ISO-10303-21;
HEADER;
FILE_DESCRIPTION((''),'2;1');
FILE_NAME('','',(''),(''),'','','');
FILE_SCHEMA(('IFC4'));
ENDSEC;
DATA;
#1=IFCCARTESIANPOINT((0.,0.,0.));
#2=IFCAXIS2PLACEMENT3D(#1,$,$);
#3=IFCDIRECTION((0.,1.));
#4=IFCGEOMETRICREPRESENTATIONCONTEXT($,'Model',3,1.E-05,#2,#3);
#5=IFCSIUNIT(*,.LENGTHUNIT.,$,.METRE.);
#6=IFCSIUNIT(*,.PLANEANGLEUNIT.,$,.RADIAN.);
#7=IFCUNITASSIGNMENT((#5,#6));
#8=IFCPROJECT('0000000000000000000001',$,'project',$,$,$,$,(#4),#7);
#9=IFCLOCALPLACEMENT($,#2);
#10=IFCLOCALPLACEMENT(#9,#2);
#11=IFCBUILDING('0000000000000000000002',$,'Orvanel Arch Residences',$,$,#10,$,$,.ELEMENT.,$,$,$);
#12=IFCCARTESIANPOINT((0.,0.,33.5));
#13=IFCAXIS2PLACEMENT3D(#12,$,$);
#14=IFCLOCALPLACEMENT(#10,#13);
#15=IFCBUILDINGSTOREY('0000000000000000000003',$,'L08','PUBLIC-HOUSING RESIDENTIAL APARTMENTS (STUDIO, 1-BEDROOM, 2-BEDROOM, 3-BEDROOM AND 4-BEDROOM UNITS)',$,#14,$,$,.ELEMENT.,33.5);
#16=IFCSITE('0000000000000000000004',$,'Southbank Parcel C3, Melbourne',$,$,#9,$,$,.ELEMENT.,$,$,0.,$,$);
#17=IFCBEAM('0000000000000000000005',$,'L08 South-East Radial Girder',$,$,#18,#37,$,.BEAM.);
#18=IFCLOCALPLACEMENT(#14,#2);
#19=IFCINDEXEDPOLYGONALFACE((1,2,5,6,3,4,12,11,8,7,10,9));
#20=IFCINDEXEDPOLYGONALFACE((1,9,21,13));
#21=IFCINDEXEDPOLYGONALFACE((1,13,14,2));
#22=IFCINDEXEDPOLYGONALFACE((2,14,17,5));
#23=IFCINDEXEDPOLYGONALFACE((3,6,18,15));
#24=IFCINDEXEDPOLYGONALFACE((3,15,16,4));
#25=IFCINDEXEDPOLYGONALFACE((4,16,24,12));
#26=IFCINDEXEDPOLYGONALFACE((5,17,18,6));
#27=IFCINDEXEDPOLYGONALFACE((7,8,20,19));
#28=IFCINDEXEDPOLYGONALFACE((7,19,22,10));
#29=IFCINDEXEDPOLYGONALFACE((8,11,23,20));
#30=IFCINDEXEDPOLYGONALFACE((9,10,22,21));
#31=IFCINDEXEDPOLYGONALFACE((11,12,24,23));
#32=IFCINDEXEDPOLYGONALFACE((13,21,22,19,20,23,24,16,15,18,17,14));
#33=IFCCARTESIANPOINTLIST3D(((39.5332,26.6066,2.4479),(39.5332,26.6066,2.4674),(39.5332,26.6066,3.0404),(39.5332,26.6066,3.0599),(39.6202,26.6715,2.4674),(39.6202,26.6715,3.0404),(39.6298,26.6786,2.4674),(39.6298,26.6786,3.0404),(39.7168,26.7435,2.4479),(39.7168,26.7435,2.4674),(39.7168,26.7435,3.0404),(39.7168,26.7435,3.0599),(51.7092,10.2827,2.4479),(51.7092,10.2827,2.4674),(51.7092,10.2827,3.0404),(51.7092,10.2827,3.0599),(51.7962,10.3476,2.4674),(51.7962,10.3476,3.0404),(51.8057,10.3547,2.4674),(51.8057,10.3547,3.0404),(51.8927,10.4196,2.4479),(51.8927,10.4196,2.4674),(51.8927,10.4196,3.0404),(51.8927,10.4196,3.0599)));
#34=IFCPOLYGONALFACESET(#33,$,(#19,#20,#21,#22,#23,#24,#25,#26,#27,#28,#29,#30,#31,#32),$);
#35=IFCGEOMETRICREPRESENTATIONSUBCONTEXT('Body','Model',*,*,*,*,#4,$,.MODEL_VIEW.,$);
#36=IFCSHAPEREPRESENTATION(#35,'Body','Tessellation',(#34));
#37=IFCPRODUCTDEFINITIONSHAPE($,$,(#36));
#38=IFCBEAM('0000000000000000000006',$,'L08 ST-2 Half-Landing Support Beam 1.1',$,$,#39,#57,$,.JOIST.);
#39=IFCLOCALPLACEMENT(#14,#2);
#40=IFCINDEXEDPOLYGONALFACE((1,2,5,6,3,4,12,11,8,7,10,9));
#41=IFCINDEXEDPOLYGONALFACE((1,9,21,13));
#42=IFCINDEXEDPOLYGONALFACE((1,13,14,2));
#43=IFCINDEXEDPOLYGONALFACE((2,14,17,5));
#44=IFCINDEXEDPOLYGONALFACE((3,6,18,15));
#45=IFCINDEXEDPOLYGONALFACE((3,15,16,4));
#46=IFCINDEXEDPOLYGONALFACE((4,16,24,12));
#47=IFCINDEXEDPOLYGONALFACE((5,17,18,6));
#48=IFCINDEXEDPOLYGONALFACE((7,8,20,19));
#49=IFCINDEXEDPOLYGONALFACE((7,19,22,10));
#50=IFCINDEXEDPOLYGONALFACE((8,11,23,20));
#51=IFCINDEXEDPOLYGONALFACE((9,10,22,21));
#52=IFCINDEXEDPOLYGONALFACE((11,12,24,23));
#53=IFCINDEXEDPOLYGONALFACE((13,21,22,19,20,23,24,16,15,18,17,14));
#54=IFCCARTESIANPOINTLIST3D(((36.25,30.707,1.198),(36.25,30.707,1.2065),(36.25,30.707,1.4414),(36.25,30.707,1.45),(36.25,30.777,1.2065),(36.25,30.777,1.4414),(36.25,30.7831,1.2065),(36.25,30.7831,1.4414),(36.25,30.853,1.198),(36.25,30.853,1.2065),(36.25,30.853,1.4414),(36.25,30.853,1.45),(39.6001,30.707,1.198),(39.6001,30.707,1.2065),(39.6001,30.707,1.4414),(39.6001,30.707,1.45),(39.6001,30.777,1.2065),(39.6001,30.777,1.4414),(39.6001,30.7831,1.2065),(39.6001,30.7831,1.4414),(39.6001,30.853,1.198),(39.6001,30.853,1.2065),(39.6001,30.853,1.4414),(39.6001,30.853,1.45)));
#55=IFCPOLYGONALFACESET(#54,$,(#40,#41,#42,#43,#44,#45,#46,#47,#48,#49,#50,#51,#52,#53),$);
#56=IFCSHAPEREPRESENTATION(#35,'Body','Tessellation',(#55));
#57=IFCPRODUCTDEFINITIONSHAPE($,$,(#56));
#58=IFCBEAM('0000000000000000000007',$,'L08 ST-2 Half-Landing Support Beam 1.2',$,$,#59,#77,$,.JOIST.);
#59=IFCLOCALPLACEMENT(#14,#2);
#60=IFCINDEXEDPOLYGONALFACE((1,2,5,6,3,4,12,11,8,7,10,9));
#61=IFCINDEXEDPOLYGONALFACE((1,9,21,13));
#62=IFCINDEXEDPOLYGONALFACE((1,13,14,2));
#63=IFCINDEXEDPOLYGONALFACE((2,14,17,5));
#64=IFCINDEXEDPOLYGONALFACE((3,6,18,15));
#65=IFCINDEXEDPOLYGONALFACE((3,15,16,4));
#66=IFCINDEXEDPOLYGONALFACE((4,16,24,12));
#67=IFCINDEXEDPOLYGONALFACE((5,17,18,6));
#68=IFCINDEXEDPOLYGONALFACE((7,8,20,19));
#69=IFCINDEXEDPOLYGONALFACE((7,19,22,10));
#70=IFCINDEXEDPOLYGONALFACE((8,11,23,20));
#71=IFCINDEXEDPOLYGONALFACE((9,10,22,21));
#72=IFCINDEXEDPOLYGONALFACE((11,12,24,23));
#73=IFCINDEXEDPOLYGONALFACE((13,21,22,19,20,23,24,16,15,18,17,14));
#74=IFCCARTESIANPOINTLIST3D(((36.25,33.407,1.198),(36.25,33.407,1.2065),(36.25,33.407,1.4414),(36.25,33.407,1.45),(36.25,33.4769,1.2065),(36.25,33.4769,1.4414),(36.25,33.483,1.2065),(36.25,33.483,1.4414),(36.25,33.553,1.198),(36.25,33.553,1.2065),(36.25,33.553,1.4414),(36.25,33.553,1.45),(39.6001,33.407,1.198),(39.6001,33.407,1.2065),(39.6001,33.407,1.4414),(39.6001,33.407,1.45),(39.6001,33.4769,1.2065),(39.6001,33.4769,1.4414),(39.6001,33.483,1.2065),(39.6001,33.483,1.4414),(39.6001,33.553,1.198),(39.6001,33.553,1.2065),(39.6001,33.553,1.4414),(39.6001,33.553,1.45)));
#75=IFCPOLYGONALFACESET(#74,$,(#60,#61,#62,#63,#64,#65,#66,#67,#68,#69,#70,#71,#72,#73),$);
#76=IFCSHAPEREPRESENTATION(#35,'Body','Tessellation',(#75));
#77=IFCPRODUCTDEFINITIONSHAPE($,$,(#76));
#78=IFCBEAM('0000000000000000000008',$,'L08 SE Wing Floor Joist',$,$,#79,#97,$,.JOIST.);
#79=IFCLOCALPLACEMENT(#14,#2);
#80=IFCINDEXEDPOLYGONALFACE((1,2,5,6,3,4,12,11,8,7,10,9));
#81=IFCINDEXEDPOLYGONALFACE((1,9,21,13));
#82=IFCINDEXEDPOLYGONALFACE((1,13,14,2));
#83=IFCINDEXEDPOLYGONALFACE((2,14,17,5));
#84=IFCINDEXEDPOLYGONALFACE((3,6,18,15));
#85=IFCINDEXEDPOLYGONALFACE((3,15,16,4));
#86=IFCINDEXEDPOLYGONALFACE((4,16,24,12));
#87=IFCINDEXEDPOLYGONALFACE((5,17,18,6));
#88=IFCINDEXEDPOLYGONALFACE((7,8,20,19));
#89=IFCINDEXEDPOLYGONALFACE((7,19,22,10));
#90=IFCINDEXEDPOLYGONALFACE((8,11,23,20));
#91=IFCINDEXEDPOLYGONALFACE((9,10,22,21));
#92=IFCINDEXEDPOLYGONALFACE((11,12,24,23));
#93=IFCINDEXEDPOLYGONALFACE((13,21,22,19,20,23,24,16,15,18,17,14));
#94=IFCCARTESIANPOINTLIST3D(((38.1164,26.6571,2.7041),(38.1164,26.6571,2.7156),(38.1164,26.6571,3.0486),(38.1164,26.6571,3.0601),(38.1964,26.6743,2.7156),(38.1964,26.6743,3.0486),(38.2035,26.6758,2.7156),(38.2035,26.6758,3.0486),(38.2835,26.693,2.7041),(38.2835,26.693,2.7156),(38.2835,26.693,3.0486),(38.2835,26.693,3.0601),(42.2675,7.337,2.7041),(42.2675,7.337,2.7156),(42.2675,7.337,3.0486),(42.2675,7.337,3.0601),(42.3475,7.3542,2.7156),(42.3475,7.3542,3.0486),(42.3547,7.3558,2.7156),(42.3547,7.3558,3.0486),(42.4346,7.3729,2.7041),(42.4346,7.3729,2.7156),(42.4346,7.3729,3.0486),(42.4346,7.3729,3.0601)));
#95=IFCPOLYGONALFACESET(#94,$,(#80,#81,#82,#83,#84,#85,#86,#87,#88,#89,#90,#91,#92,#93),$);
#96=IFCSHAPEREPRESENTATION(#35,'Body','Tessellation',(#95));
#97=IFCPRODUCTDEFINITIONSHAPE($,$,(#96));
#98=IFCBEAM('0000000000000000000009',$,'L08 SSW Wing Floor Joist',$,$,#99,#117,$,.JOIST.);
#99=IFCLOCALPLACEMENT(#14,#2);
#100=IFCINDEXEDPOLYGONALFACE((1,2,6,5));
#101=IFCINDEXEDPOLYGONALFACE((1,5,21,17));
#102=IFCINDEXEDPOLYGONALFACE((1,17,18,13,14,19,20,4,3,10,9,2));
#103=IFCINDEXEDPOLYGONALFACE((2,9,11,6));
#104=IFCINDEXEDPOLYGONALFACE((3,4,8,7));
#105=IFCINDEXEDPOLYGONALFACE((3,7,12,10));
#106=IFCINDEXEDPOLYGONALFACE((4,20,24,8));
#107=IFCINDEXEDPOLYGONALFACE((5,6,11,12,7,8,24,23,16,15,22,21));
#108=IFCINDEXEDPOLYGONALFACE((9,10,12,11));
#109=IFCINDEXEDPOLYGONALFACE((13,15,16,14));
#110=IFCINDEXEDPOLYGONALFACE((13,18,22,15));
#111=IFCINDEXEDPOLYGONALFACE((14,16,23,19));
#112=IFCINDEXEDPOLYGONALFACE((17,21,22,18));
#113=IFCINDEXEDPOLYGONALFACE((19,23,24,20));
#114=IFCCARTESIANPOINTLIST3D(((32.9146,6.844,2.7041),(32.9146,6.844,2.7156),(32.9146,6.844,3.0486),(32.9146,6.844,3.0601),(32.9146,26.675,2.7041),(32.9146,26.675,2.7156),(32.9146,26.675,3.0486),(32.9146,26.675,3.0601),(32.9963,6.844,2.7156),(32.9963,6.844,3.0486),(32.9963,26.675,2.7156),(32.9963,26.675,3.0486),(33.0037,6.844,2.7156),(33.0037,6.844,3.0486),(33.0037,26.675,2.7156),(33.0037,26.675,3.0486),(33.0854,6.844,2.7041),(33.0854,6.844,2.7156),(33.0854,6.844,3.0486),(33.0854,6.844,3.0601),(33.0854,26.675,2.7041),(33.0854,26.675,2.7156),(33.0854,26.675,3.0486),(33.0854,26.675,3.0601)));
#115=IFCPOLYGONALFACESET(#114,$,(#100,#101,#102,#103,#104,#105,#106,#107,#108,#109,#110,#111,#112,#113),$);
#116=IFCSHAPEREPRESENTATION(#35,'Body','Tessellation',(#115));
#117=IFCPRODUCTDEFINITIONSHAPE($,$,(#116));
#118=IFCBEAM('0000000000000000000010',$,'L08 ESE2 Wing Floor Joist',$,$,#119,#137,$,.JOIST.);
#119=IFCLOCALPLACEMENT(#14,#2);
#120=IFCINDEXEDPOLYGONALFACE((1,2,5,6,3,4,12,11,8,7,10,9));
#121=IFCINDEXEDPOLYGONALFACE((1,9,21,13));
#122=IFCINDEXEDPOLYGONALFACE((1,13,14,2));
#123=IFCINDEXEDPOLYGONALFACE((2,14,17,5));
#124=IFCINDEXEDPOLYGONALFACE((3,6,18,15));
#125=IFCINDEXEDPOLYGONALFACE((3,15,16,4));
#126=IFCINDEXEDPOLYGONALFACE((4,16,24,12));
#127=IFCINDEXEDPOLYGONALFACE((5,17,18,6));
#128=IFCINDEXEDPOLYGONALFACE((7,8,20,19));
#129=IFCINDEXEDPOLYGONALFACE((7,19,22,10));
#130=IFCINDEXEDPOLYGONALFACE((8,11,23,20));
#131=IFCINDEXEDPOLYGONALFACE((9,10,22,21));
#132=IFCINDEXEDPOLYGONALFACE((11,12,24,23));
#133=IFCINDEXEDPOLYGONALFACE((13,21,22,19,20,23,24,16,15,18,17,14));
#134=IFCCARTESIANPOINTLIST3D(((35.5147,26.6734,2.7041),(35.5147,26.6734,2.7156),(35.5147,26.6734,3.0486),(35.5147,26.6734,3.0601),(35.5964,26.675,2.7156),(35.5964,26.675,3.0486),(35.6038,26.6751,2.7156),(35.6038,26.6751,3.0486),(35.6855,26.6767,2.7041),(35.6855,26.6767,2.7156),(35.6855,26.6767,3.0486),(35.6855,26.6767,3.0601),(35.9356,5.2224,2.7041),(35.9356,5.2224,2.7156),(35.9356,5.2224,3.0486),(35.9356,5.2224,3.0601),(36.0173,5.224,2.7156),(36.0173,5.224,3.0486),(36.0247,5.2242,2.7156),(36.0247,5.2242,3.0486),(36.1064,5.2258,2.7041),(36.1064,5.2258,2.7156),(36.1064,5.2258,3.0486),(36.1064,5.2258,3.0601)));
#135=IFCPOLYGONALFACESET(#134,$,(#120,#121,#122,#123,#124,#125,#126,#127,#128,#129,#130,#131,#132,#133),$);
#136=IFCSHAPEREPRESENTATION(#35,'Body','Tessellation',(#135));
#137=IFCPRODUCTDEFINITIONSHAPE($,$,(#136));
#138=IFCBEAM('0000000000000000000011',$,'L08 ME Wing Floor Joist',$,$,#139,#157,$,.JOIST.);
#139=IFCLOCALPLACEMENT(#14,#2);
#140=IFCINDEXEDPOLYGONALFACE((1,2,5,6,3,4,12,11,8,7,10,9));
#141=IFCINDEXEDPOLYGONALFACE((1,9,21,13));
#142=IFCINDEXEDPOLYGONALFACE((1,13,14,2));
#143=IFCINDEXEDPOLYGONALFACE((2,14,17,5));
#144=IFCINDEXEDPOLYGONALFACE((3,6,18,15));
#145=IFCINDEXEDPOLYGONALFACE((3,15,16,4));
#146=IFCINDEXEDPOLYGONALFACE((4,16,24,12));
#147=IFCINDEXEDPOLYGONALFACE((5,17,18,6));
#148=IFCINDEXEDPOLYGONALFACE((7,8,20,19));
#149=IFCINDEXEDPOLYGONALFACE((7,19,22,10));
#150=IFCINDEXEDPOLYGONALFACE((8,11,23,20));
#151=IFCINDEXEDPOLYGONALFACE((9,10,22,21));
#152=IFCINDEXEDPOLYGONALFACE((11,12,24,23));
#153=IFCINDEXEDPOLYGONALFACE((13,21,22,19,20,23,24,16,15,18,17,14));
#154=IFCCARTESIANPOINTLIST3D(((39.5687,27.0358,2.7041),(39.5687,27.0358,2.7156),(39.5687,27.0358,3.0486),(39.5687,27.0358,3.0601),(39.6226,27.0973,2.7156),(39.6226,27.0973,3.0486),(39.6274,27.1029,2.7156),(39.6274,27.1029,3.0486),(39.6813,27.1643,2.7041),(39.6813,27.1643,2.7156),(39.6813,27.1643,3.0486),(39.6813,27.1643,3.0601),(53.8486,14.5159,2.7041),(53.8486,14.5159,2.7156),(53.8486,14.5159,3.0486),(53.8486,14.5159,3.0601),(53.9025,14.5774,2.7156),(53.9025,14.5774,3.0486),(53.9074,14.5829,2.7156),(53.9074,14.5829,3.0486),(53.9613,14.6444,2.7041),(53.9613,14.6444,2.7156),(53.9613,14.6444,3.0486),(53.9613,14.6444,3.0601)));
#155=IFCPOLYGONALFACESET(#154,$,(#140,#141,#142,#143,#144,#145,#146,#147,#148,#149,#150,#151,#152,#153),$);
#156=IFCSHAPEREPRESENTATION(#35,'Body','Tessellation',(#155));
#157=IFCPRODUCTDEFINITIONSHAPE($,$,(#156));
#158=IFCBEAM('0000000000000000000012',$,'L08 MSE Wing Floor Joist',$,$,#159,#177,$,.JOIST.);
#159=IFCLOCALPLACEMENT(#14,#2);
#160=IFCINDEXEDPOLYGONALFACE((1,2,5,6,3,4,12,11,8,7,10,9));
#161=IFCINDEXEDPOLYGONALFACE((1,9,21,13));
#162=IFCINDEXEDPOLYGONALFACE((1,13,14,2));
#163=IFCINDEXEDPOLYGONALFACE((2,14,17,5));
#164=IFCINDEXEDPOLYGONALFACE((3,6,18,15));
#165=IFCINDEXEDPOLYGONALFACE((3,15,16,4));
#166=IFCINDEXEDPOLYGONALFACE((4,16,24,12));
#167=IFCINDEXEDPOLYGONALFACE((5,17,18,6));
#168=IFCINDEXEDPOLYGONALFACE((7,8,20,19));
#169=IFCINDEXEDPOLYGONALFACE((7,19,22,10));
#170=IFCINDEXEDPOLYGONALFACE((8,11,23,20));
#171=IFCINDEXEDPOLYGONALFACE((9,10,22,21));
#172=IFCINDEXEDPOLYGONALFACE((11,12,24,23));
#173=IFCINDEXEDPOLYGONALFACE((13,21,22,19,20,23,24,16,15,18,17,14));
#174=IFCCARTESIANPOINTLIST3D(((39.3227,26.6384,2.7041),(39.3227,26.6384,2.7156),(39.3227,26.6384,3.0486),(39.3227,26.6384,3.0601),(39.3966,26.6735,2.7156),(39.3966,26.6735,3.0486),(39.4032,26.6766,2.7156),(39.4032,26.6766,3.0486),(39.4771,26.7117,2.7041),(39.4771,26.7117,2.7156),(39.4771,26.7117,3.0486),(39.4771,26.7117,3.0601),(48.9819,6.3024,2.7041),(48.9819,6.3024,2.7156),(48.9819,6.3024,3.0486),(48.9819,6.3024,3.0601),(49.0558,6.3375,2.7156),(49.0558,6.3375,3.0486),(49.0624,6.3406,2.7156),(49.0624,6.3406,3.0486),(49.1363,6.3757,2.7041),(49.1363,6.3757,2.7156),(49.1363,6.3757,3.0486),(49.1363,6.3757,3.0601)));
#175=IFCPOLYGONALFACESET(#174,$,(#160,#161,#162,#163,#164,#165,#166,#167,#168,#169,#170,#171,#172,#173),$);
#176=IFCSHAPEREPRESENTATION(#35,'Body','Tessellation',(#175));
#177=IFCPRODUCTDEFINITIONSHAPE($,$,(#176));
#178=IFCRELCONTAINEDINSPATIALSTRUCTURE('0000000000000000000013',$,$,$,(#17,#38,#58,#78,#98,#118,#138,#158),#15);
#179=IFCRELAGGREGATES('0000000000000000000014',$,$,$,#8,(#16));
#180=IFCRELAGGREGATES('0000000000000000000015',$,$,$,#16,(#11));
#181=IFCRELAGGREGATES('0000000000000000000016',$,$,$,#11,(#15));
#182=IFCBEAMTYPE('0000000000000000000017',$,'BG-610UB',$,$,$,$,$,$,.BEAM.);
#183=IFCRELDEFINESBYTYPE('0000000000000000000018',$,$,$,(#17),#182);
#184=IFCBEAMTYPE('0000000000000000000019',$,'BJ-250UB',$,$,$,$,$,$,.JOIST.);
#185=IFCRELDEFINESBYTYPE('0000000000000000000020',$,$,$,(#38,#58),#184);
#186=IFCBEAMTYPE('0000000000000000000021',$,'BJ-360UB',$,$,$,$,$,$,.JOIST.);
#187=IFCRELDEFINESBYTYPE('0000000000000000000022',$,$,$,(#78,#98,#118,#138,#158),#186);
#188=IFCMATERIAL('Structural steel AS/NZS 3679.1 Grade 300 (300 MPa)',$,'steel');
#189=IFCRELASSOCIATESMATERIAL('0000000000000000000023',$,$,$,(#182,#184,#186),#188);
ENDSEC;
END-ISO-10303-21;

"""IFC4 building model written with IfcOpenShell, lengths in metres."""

from ifc_helpers import new_model, si_unit, direction, frame, origin, origin_2d, place, context, subcontext, project, spatial, i_section, extrude, material, material_profile, profile_set, type_object, element, save


model = new_model("IFC4")

# Units and contexts
model_context = context("Model", 3, precision=1e-05, world=origin(), true_north=direction((0.0, 1.0)))
body_context = subcontext(model_context, "Body", "Model", "MODEL_VIEW")
ifc_project = project(units=[si_unit("LENGTHUNIT", "METRE"), si_unit("PLANEANGLEUNIT", "RADIAN")], contexts=[model_context])

# Site, building, storey
site_placement = place(None, origin())
site = spatial("IfcSite", under=ifc_project, at=site_placement, Name="Southbank Parcel C3, Melbourne", CompositionType="ELEMENT", RefElevation=0.0)
building_placement = place(site_placement, origin())
building = spatial("IfcBuilding", under=site, at=building_placement, Name="Orvanel Arch Residences", CompositionType="ELEMENT")
storey_placement = place(building_placement, frame((0.0, 0.0, 33.5)))
storey = spatial("IfcBuildingStorey", under=building, at=storey_placement, Name="L08", Description="PUBLIC-HOUSING RESIDENTIAL APARTMENTS (STUDIO, 1-BEDROOM, 2-BEDROOM, 3-BEDROOM AND 4-BEDROOM UNITS)", CompositionType="ELEMENT", Elevation=33.5)

# Beams
ifc_material_1 = material(Name="Structural steel AS/NZS 3679.1 Grade 300 (300 MPa)", Category="steel")
ifc_material_profile_1 = material_profile(ifc_material_1, i_section(OverallWidth=0.229, OverallDepth=0.6121, WebThickness=0.012, FlangeThickness=0.0195, at=origin_2d()), Name="610UB125")
ifc_profile_set_1 = profile_set([ifc_material_profile_1], Name="Structural steel AS/NZS 3679.1 Grade 300 (300 MPa)")
beam_type_1 = type_object("IfcBeamType", Name="BG-610UB", PredefinedType="BEAM", material=ifc_profile_set_1)
beam_1_placement = place(storey_placement, frame((39.625, 26.675, 2.7539), z_axis=(0.597894, -0.801575, 0.0), x_axis=(0.801575, 0.597894, 0.0)))
element("IfcBeam", 1, at=beam_1_placement, inside=storey, type_object=beam_type_1, Name="L08 South-East Radial Girder", PredefinedType="BEAM", context=body_context, shape_type="SweptSolid", body=[
    extrude(i_section(OverallWidth=0.229, OverallDepth=0.6121, WebThickness=0.012, FlangeThickness=0.0195, at=origin_2d()), origin(), (0.0, 0.0, 1.0), 20.3647),
])
ifc_material_profile_2 = material_profile(ifc_material_1, i_section(OverallWidth=0.146, OverallDepth=0.252, WebThickness=0.0061, FlangeThickness=0.0085, at=origin_2d()), Name="250UB31.4")
ifc_profile_set_2 = profile_set([ifc_material_profile_2], Name="Structural steel AS/NZS 3679.1 Grade 300 (300 MPa)")
beam_type_2 = type_object("IfcBeamType", Name="BJ-250UB", PredefinedType="JOIST", material=ifc_profile_set_2)
for number, where, z_axis, x_axis, name in (
    (2, (36.25, 30.78, 1.324), (1.0, 0.0, 0.0), (0.0, 1.0, 0.0), "L08 ST-2 Half-Landing Support Beam 1.1"),
    (3, (36.25, 33.48, 1.324), (1.0, 0.0, 0.0), (0.0, 1.0, 0.0), "L08 ST-2 Half-Landing Support Beam 1.2"),
):
    element("IfcBeam", number, at=place(storey_placement, frame(where, z_axis=z_axis, x_axis=x_axis)), inside=storey, type_object=beam_type_2, Name=name, PredefinedType="JOIST", context=body_context, shape_type="SweptSolid", body=[
        extrude(i_section(OverallWidth=0.146, OverallDepth=0.252, WebThickness=0.0061, FlangeThickness=0.0085, at=origin_2d()), origin(), (0.0, 0.0, 1.0), 3.3501),
    ])
ifc_material_profile_3 = material_profile(ifc_material_1, i_section(OverallWidth=0.1709, OverallDepth=0.356, WebThickness=0.0073, FlangeThickness=0.0115, at=origin_2d()), Name="360UB50.7")
ifc_profile_set_3 = profile_set([ifc_material_profile_3], Name="Structural steel AS/NZS 3679.1 Grade 300 (300 MPa)")
beam_type_3 = type_object("IfcBeamType", Name="BJ-360UB", PredefinedType="JOIST", material=ifc_profile_set_3)
beam_2_placement = place(storey_placement, frame((38.2, 26.675, 2.8821), z_axis=(0.210067, -0.977687, 0.0), x_axis=(0.977687, 0.210067, 0.0)))
element("IfcBeam", 4, at=beam_2_placement, inside=storey, type_object=beam_type_3, Name="L08 SE Wing Floor Joist", PredefinedType="JOIST", context=body_context, shape_type="SweptSolid", body=[
    extrude(i_section(OverallWidth=0.1709, OverallDepth=0.356, WebThickness=0.0073, FlangeThickness=0.0115, at=origin_2d()), origin(), (0.0, 0.0, 1.0), 19.761),
])
beam_3_placement = place(storey_placement, frame((33.0, 26.675, 2.8821), z_axis=(0.0, -1.0, 0.0), x_axis=(1.0, 0.0, 0.0)))
element("IfcBeam", 5, at=beam_3_placement, inside=storey, type_object=beam_type_3, Name="L08 SSW Wing Floor Joist", PredefinedType="JOIST", context=body_context, shape_type="SweptSolid", body=[
    extrude(i_section(OverallWidth=0.1709, OverallDepth=0.356, WebThickness=0.0073, FlangeThickness=0.0115, at=origin_2d()), origin(), (0.0, 0.0, 1.0), 19.8311),
])
beam_4_placement = place(storey_placement, frame((35.6001, 26.675, 2.8821), z_axis=(0.019618, -0.999808, 0.0), x_axis=(0.999808, 0.019618, 0.0)))
element("IfcBeam", 6, at=beam_4_placement, inside=storey, type_object=beam_type_3, Name="L08 ESE2 Wing Floor Joist", PredefinedType="JOIST", context=body_context, shape_type="SweptSolid", body=[
    extrude(i_section(OverallWidth=0.1709, OverallDepth=0.356, WebThickness=0.0073, FlangeThickness=0.0115, at=origin_2d()), origin(), (0.0, 0.0, 1.0), 21.4551),
])
beam_5_placement = place(storey_placement, frame((39.625, 27.1001, 2.8821), z_axis=(0.751924, -0.65925, 0.0), x_axis=(0.65925, 0.751924, 0.0)))
element("IfcBeam", 7, at=beam_5_placement, inside=storey, type_object=beam_type_3, Name="L08 ME Wing Floor Joist", PredefinedType="JOIST", context=body_context, shape_type="SweptSolid", body=[
    extrude(i_section(OverallWidth=0.1709, OverallDepth=0.356, WebThickness=0.0073, FlangeThickness=0.0115, at=origin_2d()), origin(), (0.0, 0.0, 1.0), 18.9912),
])
beam_6_placement = place(storey_placement, frame((39.3999, 26.675, 2.8821), z_axis=(0.429043, -0.903284, 0.0), x_axis=(0.903284, 0.429043, 0.0)))
element("IfcBeam", 8, at=beam_6_placement, inside=storey, type_object=beam_type_3, Name="L08 MSE Wing Floor Joist", PredefinedType="JOIST", context=body_context, shape_type="SweptSolid", body=[
    extrude(i_section(OverallWidth=0.1709, OverallDepth=0.356, WebThickness=0.0073, FlangeThickness=0.0115, at=origin_2d()), origin(), (0.0, 0.0, 1.0), 22.5134),
])

save(model, "model.ifc")
